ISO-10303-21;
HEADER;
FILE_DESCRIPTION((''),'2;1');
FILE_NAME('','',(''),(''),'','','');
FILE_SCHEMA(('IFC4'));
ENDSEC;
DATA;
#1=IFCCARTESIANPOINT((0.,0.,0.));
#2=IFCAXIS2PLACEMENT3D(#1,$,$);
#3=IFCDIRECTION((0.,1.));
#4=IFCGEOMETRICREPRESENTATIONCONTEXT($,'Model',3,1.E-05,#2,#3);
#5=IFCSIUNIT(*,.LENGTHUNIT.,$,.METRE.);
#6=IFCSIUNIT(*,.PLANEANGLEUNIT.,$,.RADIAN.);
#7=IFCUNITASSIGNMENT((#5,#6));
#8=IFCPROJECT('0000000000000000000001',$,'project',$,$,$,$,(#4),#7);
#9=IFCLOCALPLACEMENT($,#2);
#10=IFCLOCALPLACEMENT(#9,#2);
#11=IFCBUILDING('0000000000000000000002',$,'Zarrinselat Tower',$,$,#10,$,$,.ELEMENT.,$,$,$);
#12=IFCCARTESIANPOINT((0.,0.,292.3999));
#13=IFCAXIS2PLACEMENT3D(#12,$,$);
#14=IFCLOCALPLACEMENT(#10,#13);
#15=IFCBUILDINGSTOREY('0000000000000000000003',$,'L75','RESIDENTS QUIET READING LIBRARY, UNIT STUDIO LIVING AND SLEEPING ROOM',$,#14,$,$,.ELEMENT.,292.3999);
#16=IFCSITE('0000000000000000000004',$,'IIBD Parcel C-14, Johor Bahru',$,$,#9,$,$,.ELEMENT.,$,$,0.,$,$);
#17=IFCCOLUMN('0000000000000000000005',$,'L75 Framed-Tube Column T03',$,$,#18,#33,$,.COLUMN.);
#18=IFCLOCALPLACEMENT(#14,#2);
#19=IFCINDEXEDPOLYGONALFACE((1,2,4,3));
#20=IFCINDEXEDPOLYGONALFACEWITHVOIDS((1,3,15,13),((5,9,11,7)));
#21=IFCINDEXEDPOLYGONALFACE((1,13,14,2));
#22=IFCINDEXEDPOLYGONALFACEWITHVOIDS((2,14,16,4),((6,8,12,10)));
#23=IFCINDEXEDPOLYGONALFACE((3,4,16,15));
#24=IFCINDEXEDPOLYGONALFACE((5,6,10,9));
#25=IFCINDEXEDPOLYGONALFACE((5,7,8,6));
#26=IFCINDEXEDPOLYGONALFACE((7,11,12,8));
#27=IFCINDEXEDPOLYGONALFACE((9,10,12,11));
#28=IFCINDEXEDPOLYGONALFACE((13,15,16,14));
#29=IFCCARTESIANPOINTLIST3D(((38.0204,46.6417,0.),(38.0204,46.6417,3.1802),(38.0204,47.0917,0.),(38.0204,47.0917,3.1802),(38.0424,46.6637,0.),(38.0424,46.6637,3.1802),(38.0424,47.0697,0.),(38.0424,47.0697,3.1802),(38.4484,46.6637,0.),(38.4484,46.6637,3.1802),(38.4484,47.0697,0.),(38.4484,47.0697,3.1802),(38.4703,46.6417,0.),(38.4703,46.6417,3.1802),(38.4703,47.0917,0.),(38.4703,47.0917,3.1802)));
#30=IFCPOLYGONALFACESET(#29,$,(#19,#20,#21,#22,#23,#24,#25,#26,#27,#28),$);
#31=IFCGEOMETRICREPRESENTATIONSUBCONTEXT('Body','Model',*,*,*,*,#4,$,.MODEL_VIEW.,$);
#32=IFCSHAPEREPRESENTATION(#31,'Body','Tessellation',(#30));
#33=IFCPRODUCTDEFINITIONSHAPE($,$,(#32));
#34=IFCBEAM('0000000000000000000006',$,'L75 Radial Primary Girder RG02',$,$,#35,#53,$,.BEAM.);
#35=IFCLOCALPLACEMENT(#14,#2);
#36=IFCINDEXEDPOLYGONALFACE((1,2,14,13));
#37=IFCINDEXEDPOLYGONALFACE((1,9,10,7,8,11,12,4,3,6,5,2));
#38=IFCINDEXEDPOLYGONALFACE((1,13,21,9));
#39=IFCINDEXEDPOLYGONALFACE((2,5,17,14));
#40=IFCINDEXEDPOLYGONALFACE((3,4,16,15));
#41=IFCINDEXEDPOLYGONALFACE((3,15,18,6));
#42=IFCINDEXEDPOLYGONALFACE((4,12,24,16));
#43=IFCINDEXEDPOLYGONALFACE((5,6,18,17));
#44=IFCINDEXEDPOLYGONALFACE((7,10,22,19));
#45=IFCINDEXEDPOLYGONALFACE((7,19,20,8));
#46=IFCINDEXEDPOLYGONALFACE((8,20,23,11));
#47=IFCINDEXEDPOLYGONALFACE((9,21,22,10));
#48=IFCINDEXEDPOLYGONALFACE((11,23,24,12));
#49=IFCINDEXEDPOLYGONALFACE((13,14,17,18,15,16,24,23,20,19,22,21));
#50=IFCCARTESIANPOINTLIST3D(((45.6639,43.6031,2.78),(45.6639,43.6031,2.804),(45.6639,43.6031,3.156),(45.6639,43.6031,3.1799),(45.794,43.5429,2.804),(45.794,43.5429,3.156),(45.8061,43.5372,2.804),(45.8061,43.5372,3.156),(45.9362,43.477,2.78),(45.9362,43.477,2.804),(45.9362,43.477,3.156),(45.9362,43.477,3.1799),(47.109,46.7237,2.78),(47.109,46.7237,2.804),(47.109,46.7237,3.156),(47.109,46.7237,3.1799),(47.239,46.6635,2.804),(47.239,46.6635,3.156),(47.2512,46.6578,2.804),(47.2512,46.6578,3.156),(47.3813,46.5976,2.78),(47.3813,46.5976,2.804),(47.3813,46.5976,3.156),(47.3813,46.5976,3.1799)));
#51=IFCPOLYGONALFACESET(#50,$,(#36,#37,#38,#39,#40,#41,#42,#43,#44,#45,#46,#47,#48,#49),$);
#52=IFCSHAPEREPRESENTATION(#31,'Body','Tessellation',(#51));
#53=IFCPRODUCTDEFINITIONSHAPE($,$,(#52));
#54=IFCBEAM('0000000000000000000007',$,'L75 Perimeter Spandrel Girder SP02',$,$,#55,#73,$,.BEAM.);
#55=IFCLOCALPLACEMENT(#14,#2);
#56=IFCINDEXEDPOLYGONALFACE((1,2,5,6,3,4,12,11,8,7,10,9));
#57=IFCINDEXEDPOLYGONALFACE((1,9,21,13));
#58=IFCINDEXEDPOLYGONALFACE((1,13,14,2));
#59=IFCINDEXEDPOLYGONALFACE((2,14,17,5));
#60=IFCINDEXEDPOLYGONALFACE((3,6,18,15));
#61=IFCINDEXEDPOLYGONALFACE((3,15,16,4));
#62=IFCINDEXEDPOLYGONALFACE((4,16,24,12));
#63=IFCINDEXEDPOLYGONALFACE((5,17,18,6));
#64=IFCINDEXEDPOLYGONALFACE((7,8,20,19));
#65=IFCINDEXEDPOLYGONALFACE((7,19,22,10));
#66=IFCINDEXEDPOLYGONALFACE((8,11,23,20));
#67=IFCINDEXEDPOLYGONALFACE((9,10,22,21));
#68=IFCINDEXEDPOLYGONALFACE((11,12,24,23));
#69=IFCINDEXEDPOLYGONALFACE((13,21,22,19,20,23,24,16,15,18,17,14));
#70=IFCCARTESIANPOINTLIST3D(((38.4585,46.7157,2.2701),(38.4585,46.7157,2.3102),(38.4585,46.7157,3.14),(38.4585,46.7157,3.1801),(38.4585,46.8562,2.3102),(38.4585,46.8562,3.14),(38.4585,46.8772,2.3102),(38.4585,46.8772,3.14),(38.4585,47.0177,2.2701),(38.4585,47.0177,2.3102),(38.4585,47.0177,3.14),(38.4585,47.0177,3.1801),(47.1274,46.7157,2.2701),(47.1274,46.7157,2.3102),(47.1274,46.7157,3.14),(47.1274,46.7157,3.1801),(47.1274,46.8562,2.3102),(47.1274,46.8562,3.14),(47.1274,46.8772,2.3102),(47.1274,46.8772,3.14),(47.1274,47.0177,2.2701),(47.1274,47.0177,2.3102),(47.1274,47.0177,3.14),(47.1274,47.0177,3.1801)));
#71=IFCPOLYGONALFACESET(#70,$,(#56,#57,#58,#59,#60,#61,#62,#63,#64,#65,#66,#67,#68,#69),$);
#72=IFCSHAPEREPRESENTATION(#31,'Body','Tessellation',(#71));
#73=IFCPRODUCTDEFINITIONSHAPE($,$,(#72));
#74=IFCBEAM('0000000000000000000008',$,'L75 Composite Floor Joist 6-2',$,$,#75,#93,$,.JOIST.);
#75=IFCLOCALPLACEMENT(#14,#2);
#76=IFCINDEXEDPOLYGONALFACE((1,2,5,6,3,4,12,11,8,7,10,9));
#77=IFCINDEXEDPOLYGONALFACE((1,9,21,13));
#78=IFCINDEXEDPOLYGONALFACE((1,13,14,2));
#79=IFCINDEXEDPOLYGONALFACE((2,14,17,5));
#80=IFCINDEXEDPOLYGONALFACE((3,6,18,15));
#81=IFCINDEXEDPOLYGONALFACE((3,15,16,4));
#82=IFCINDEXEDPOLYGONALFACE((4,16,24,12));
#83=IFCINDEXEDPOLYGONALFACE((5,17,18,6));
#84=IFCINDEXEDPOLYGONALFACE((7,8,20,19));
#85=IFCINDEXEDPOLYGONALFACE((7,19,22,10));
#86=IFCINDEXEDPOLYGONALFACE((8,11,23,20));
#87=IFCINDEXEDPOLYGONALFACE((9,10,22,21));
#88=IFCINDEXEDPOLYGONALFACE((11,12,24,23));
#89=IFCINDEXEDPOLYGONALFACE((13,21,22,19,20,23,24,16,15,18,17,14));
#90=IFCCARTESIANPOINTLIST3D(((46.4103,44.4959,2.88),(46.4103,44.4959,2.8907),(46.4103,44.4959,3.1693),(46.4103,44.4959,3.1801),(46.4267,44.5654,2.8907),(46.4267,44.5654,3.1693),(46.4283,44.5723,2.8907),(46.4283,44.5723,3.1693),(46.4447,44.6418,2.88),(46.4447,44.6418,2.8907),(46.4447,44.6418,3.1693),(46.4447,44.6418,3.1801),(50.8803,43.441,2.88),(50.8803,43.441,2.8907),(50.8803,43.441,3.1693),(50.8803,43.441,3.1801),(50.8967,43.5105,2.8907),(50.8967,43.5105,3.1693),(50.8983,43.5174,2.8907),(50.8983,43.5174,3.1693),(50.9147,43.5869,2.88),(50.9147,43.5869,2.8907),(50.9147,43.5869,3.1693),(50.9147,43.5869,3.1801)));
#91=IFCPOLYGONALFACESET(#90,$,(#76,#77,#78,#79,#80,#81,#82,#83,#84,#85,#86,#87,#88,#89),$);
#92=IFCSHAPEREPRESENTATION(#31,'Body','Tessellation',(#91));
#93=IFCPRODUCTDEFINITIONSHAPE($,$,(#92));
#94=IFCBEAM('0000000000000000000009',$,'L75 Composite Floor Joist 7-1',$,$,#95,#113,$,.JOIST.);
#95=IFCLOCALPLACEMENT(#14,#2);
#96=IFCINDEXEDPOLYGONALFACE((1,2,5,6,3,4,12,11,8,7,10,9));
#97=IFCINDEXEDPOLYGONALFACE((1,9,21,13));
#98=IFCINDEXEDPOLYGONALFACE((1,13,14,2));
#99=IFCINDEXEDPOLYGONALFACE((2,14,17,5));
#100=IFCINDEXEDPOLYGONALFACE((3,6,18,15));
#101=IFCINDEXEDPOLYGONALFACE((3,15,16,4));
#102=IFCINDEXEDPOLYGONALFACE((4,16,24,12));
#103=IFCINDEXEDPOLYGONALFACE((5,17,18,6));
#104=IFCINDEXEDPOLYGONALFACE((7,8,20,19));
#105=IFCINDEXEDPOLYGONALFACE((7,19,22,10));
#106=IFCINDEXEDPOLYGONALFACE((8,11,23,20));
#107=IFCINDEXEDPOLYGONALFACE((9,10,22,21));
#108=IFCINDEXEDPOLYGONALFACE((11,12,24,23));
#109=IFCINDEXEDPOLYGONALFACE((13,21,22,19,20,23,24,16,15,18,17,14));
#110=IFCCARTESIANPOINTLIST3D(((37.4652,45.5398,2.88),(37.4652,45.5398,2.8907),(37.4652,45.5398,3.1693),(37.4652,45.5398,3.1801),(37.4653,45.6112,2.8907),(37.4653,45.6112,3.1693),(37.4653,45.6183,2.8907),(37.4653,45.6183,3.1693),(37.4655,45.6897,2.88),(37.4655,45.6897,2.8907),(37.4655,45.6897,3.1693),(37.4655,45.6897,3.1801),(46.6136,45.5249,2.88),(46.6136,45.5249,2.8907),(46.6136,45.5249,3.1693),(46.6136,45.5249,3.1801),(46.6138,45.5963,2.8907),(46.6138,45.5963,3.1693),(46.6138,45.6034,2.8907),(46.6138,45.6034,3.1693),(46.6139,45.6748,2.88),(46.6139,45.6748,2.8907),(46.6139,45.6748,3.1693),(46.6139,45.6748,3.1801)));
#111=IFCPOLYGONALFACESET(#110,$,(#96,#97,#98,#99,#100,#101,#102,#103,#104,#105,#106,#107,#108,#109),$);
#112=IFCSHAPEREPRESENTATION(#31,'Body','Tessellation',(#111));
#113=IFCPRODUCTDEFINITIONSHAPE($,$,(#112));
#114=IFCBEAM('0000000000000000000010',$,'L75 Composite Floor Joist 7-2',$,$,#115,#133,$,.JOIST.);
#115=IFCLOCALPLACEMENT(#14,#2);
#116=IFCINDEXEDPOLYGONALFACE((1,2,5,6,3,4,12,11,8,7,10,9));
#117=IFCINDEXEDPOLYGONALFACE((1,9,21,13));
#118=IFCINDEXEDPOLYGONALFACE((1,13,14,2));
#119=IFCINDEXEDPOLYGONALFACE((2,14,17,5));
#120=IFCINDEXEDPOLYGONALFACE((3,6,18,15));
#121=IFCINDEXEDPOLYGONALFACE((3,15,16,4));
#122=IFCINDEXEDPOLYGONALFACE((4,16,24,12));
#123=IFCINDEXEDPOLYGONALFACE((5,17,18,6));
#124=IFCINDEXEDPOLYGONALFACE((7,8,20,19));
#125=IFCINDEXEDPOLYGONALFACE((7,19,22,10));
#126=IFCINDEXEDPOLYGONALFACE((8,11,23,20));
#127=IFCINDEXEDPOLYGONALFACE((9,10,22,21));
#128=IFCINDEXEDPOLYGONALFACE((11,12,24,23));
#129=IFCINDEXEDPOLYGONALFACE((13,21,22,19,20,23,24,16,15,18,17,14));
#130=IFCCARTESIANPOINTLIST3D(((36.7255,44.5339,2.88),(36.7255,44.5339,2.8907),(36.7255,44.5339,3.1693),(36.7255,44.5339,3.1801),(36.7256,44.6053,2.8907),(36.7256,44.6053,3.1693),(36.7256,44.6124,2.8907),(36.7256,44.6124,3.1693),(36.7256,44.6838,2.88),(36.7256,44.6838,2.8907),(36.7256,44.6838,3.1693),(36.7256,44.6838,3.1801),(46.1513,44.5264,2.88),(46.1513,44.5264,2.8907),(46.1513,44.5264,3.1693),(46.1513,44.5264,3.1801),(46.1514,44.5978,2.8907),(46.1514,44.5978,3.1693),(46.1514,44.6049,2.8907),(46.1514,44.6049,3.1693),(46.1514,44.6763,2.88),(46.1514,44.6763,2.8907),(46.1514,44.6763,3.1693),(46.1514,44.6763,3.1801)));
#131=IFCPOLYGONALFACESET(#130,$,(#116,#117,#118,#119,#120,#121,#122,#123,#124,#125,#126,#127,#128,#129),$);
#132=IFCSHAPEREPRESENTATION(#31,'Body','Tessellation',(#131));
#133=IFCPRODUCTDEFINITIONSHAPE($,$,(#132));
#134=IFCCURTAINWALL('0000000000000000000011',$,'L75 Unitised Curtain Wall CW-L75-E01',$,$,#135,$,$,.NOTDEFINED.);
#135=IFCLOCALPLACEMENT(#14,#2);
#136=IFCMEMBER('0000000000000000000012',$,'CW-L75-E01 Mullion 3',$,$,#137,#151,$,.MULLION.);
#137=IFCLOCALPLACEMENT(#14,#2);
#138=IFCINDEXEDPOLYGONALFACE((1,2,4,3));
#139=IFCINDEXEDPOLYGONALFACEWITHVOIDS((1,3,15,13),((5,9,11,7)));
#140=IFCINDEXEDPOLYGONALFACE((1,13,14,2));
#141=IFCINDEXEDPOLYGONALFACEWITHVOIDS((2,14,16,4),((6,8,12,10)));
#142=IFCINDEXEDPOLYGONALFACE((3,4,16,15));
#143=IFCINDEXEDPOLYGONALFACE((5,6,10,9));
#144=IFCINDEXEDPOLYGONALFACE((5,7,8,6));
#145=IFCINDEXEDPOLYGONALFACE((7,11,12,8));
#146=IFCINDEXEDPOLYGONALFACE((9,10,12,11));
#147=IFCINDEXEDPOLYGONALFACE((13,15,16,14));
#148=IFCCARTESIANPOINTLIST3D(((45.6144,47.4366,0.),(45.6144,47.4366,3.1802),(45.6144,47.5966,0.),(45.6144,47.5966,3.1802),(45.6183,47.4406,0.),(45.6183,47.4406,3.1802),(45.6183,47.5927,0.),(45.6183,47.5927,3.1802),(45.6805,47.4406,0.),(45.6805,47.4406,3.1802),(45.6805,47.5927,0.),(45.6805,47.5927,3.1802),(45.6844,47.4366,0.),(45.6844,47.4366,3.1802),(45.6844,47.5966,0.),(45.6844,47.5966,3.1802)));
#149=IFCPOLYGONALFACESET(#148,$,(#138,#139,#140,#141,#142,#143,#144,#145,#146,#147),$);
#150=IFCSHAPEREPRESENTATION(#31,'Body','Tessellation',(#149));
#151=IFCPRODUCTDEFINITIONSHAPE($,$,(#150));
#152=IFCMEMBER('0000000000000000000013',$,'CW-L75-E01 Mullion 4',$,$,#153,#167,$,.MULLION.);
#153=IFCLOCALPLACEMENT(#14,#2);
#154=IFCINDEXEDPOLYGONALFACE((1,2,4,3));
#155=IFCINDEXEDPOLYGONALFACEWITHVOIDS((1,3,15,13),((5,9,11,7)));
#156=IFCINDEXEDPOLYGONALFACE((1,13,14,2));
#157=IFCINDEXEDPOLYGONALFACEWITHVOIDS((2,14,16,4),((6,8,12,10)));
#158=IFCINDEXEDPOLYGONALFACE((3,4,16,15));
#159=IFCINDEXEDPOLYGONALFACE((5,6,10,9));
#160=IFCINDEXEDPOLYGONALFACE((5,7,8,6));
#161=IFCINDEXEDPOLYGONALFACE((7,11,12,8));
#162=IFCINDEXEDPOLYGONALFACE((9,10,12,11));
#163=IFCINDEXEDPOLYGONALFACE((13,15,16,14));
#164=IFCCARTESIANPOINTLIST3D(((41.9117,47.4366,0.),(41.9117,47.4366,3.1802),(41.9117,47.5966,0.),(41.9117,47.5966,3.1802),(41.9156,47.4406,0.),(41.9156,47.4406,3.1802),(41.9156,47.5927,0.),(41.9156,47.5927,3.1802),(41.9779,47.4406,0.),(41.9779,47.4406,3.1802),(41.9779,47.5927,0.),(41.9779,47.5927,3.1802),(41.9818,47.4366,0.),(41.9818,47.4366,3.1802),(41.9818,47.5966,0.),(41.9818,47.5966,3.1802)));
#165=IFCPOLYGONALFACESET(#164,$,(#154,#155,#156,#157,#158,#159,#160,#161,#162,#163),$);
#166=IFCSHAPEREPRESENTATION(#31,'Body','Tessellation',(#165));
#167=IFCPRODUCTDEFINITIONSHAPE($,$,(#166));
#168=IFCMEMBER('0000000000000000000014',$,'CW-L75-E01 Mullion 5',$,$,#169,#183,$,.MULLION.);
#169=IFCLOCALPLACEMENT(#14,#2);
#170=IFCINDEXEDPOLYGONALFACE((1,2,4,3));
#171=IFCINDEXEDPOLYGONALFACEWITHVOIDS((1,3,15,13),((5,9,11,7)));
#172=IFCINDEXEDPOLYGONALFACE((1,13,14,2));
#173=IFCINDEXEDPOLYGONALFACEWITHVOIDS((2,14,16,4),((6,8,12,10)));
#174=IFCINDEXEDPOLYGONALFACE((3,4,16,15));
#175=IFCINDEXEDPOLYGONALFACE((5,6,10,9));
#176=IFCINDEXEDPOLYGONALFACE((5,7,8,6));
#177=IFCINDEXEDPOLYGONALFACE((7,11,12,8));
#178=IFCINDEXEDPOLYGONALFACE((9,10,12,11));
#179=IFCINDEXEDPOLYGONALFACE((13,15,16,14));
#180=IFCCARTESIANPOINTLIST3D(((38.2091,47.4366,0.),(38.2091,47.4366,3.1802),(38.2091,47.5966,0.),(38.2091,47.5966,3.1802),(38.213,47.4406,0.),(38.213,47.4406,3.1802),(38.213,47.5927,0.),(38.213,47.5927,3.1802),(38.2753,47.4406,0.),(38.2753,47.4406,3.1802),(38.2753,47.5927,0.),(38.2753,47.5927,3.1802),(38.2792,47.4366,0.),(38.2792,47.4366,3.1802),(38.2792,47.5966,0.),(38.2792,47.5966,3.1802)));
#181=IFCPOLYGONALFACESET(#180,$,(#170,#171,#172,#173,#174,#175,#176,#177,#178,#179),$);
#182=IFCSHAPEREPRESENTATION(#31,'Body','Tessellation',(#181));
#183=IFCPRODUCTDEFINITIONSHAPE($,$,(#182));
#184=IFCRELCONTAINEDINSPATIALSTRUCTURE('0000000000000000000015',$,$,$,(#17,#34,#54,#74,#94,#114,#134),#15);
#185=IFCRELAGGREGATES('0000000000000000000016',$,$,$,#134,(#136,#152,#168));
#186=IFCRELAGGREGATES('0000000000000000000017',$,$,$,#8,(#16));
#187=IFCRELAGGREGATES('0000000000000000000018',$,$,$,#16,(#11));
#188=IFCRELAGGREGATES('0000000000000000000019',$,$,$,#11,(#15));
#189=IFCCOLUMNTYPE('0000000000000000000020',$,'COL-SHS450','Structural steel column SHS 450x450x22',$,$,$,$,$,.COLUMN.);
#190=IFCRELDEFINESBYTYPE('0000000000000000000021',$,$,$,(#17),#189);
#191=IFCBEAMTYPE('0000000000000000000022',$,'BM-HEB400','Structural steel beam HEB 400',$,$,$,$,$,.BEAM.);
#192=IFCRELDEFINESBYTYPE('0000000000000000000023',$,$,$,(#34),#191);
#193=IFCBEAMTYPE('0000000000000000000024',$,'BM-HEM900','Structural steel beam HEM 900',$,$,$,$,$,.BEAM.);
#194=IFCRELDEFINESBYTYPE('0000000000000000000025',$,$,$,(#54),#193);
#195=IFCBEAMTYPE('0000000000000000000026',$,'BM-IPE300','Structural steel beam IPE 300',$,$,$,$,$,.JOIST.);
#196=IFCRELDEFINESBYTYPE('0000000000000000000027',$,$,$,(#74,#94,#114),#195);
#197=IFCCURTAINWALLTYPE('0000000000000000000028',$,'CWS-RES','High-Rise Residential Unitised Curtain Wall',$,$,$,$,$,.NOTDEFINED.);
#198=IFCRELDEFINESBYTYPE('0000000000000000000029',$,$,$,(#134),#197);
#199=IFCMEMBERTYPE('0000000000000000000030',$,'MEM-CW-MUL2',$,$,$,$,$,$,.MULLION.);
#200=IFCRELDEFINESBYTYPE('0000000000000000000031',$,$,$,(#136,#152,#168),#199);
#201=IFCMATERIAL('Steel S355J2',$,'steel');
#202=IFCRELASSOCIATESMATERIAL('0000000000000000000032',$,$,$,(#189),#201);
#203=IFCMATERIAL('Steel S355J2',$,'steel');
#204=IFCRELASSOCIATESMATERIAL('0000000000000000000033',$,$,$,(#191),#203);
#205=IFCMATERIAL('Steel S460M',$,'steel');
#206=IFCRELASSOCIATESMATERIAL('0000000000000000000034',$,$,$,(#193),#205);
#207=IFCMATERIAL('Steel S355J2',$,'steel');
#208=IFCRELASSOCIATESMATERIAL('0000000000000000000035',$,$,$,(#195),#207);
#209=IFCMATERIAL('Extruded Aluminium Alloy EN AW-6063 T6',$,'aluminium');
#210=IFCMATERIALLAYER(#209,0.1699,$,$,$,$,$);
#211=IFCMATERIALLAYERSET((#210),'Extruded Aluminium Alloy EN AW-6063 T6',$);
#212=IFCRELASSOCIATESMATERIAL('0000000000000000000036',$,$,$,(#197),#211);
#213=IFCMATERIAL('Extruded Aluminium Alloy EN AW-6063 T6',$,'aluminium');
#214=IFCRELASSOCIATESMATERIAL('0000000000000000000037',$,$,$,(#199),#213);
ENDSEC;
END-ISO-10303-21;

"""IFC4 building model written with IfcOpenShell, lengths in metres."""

from ifc_helpers import new_model, si_unit, direction, frame, origin, origin_2d, place, context, subcontext, project, spatial, hollow_rectangle, i_section, extrude, material, layer, layer_set, material_profile, profile_set, type_object, element, aggregate, save


model = new_model("IFC4")

# Units and contexts
model_context = context("Model", 3, precision=1e-05, world=origin(), true_north=direction((0.0, 1.0)))
body_context = subcontext(model_context, "Body", "Model", "MODEL_VIEW")
ifc_project = project(units=[si_unit("LENGTHUNIT", "METRE"), si_unit("PLANEANGLEUNIT", "RADIAN")], contexts=[model_context])

# Site, building, storey
site_placement = place(None, origin())
site = spatial("IfcSite", under=ifc_project, at=site_placement, Name="IIBD Parcel C-14, Johor Bahru", CompositionType="ELEMENT", RefElevation=0.0)
building_placement = place(site_placement, origin())
building = spatial("IfcBuilding", under=site, at=building_placement, Name="Zarrinselat Tower", CompositionType="ELEMENT")
storey_placement = place(building_placement, frame((0.0, 0.0, 292.3999)))
storey = spatial("IfcBuildingStorey", under=building, at=storey_placement, Name="L75", Description="RESIDENTS QUIET READING LIBRARY, UNIT STUDIO LIVING AND SLEEPING ROOM", CompositionType="ELEMENT", Elevation=292.3999)

# Column
ifc_material_1 = material(Name="Steel S355J2", Category="steel")
ifc_material_profile_1 = material_profile(ifc_material_1, hollow_rectangle(XDim=0.45, YDim=0.45, WallThickness=0.022, at=origin_2d()), Name="SHS 450x450x22")
ifc_profile_set_1 = profile_set([ifc_material_profile_1], Name="Steel S355J2")
column_type = type_object("IfcColumnType", Name="COL-SHS450", Description="Structural steel column SHS 450x450x22", PredefinedType="COLUMN", material=ifc_profile_set_1)
column_placement = place(storey_placement, frame((38.2454, 46.8667, 0.0), z_axis=(0.0, 0.0, 1.0), x_axis=(1.0, 0.0, 0.0)))
element("IfcColumn", 1, at=column_placement, inside=storey, type_object=column_type, Name="L75 Framed-Tube Column T03", PredefinedType="COLUMN", context=body_context, shape_type="SweptSolid", body=[
    extrude(hollow_rectangle(XDim=0.45, YDim=0.45, WallThickness=0.022, at=origin_2d()), origin(), (0.0, 0.0, 1.0), 3.1802),
])

# Beams
ifc_material_2 = material(Name="Steel S355J2", Category="steel")
ifc_material_profile_2 = material_profile(ifc_material_2, i_section(OverallWidth=0.3, OverallDepth=0.3999, WebThickness=0.0134, FlangeThickness=0.0239, at=origin_2d()), Name="HEB 400")
ifc_profile_set_2 = profile_set([ifc_material_profile_2], Name="Steel S355J2")
beam_type_1 = type_object("IfcBeamType", Name="BM-HEB400", Description="Structural steel beam HEB 400", PredefinedType="BEAM", material=ifc_profile_set_2)
beam_1_placement = place(storey_placement, frame((45.8, 43.54, 2.98), z_axis=(0.420206, 0.907429, 0.0), x_axis=(-0.907429, 0.420206, 0.0)))
element("IfcBeam", 2, at=beam_1_placement, inside=storey, type_object=beam_type_1, Name="L75 Radial Primary Girder RG02", PredefinedType="BEAM", context=body_context, shape_type="SweptSolid", body=[
    extrude(i_section(OverallWidth=0.3, OverallDepth=0.3999, WebThickness=0.0134, FlangeThickness=0.0239, at=origin_2d()), origin(), (0.0, 0.0, 1.0), 3.439),
])
ifc_material_3 = material(Name="Steel S460M", Category="steel")
ifc_material_profile_3 = material_profile(ifc_material_3, i_section(OverallWidth=0.302, OverallDepth=0.9099, WebThickness=0.021, FlangeThickness=0.04, at=origin_2d()), Name="HEM 900")
ifc_profile_set_3 = profile_set([ifc_material_profile_3], Name="Steel S460M")
beam_type_2 = type_object("IfcBeamType", Name="BM-HEM900", Description="Structural steel beam HEM 900", PredefinedType="BEAM", material=ifc_profile_set_3)
beam_2_placement = place(storey_placement, frame((38.4585, 46.8667, 2.7251), z_axis=(1.0, 0.0, 0.0), x_axis=(0.0, 1.0, 0.0)))
element("IfcBeam", 3, at=beam_2_placement, inside=storey, type_object=beam_type_2, Name="L75 Perimeter Spandrel Girder SP02", PredefinedType="BEAM", context=body_context, shape_type="SweptSolid", body=[
    extrude(i_section(OverallWidth=0.302, OverallDepth=0.9099, WebThickness=0.021, FlangeThickness=0.04, at=origin_2d()), origin(), (0.0, 0.0, 1.0), 8.6689),
])
ifc_material_4 = material(Name="Steel S355J2", Category="steel")
ifc_material_profile_4 = material_profile(ifc_material_4, i_section(OverallWidth=0.1499, OverallDepth=0.3, WebThickness=0.0071, FlangeThickness=0.0107, at=origin_2d()), Name="IPE 300")
ifc_profile_set_4 = profile_set([ifc_material_profile_4], Name="Steel S355J2")
beam_type_3 = type_object("IfcBeamType", Name="BM-IPE300", Description="Structural steel beam IPE 300", PredefinedType="JOIST", material=ifc_profile_set_4)
beam_3_placement = place(storey_placement, frame((46.4275, 44.5688, 3.03), z_axis=(0.973263, -0.229694, 0.0), x_axis=(0.229694, 0.973263, 0.0)))
element("IfcBeam", 4, at=beam_3_placement, inside=storey, type_object=beam_type_3, Name="L75 Composite Floor Joist 6-2", PredefinedType="JOIST", context=body_context, shape_type="SweptSolid", body=[
    extrude(i_section(OverallWidth=0.1499, OverallDepth=0.3, WebThickness=0.0071, FlangeThickness=0.0107, at=origin_2d()), origin(), (0.0, 0.0, 1.0), 4.5928),
])
beam_4_placement = place(storey_placement, frame((37.4653, 45.6147, 3.03), z_axis=(0.999999, -0.001628, 0.0), x_axis=(0.001628, 0.999999, 0.0)))
element("IfcBeam", 5, at=beam_4_placement, inside=storey, type_object=beam_type_3, Name="L75 Composite Floor Joist 7-1", PredefinedType="JOIST", context=body_context, shape_type="SweptSolid", body=[
    extrude(i_section(OverallWidth=0.1499, OverallDepth=0.3, WebThickness=0.0071, FlangeThickness=0.0107, at=origin_2d()), origin(), (0.0, 0.0, 1.0), 9.1484),
])
beam_5_placement = place(storey_placement, frame((36.7256, 44.6089, 3.03), z_axis=(1.0, -0.000803, 0.0), x_axis=(0.000803, 1.0, 0.0)))
element("IfcBeam", 6, at=beam_5_placement, inside=storey, type_object=beam_type_3, Name="L75 Composite Floor Joist 7-2", PredefinedType="JOIST", context=body_context, shape_type="SweptSolid", body=[
    extrude(i_section(OverallWidth=0.1499, OverallDepth=0.3, WebThickness=0.0071, FlangeThickness=0.0107, at=origin_2d()), origin(), (0.0, 0.0, 1.0), 9.4258),
])

# Curtain wall, members
ifc_material_5 = material(Name="Extruded Aluminium Alloy EN AW-6063 T6", Category="aluminium")
ifc_layer_1 = layer(ifc_material_5, 0.1699)
ifc_layer_set_1 = layer_set([ifc_layer_1], Name="Extruded Aluminium Alloy EN AW-6063 T6")
curtain_wall_type = type_object("IfcCurtainWallType", Name="CWS-RES", Description="High-Rise Residential Unitised Curtain Wall", PredefinedType="NOTDEFINED", material=ifc_layer_set_1)
curtain_wall_placement = place(storey_placement, origin())
curtain_wall = element("IfcCurtainWall", 7, at=curtain_wall_placement, inside=storey, type_object=curtain_wall_type, Name="L75 Unitised Curtain Wall CW-L75-E01", PredefinedType="NOTDEFINED")
ifc_material_6 = material(Name="Extruded Aluminium Alloy EN AW-6063 T6", Category="aluminium")
ifc_material_profile_5 = material_profile(ifc_material_6, hollow_rectangle(XDim=0.0701, YDim=0.1599, WallThickness=0.0039, at=origin_2d()), Name="RHS 160x70x4")
ifc_profile_set_5 = profile_set([ifc_material_profile_5], Name="Extruded Aluminium Alloy EN AW-6063 T6")
member_type_1 = type_object("IfcMemberType", Name="MEM-CW-MUL2", PredefinedType="MULLION", material=ifc_profile_set_5)
member_1_placement = place(storey_placement, frame((45.6494, 47.5166, 0.0), z_axis=(0.0, 0.0, 1.0), x_axis=(-1.0, 0.0, 0.0)))
member_1 = element("IfcMember", 8, at=member_1_placement, type_object=member_type_1, Name="CW-L75-E01 Mullion 3", PredefinedType="MULLION", context=body_context, shape_type="SweptSolid", body=[
    extrude(hollow_rectangle(XDim=0.0701, YDim=0.1599, WallThickness=0.0039, at=origin_2d()), origin(), (0.0, 0.0, 1.0), 3.1802),
])
member_2_placement = place(storey_placement, frame((41.9468, 47.5166, 0.0), z_axis=(0.0, 0.0, 1.0), x_axis=(-1.0, 0.0, 0.0)))
member_2 = element("IfcMember", 9, at=member_2_placement, type_object=member_type_1, Name="CW-L75-E01 Mullion 4", PredefinedType="MULLION", context=body_context, shape_type="SweptSolid", body=[
    extrude(hollow_rectangle(XDim=0.0701, YDim=0.1599, WallThickness=0.0039, at=origin_2d()), origin(), (0.0, 0.0, 1.0), 3.1802),
])
member_3_placement = place(storey_placement, frame((38.2441, 47.5166, 0.0), z_axis=(0.0, 0.0, 1.0), x_axis=(-1.0, 0.0, 0.0)))
member_3 = element("IfcMember", 10, at=member_3_placement, type_object=member_type_1, Name="CW-L75-E01 Mullion 5", PredefinedType="MULLION", context=body_context, shape_type="SweptSolid", body=[
    extrude(hollow_rectangle(XDim=0.0701, YDim=0.1599, WallThickness=0.0039, at=origin_2d()), origin(), (0.0, 0.0, 1.0), 3.1802),
])
aggregate(curtain_wall, [member_1, member_2, member_3])

save(model, "model.ifc")
